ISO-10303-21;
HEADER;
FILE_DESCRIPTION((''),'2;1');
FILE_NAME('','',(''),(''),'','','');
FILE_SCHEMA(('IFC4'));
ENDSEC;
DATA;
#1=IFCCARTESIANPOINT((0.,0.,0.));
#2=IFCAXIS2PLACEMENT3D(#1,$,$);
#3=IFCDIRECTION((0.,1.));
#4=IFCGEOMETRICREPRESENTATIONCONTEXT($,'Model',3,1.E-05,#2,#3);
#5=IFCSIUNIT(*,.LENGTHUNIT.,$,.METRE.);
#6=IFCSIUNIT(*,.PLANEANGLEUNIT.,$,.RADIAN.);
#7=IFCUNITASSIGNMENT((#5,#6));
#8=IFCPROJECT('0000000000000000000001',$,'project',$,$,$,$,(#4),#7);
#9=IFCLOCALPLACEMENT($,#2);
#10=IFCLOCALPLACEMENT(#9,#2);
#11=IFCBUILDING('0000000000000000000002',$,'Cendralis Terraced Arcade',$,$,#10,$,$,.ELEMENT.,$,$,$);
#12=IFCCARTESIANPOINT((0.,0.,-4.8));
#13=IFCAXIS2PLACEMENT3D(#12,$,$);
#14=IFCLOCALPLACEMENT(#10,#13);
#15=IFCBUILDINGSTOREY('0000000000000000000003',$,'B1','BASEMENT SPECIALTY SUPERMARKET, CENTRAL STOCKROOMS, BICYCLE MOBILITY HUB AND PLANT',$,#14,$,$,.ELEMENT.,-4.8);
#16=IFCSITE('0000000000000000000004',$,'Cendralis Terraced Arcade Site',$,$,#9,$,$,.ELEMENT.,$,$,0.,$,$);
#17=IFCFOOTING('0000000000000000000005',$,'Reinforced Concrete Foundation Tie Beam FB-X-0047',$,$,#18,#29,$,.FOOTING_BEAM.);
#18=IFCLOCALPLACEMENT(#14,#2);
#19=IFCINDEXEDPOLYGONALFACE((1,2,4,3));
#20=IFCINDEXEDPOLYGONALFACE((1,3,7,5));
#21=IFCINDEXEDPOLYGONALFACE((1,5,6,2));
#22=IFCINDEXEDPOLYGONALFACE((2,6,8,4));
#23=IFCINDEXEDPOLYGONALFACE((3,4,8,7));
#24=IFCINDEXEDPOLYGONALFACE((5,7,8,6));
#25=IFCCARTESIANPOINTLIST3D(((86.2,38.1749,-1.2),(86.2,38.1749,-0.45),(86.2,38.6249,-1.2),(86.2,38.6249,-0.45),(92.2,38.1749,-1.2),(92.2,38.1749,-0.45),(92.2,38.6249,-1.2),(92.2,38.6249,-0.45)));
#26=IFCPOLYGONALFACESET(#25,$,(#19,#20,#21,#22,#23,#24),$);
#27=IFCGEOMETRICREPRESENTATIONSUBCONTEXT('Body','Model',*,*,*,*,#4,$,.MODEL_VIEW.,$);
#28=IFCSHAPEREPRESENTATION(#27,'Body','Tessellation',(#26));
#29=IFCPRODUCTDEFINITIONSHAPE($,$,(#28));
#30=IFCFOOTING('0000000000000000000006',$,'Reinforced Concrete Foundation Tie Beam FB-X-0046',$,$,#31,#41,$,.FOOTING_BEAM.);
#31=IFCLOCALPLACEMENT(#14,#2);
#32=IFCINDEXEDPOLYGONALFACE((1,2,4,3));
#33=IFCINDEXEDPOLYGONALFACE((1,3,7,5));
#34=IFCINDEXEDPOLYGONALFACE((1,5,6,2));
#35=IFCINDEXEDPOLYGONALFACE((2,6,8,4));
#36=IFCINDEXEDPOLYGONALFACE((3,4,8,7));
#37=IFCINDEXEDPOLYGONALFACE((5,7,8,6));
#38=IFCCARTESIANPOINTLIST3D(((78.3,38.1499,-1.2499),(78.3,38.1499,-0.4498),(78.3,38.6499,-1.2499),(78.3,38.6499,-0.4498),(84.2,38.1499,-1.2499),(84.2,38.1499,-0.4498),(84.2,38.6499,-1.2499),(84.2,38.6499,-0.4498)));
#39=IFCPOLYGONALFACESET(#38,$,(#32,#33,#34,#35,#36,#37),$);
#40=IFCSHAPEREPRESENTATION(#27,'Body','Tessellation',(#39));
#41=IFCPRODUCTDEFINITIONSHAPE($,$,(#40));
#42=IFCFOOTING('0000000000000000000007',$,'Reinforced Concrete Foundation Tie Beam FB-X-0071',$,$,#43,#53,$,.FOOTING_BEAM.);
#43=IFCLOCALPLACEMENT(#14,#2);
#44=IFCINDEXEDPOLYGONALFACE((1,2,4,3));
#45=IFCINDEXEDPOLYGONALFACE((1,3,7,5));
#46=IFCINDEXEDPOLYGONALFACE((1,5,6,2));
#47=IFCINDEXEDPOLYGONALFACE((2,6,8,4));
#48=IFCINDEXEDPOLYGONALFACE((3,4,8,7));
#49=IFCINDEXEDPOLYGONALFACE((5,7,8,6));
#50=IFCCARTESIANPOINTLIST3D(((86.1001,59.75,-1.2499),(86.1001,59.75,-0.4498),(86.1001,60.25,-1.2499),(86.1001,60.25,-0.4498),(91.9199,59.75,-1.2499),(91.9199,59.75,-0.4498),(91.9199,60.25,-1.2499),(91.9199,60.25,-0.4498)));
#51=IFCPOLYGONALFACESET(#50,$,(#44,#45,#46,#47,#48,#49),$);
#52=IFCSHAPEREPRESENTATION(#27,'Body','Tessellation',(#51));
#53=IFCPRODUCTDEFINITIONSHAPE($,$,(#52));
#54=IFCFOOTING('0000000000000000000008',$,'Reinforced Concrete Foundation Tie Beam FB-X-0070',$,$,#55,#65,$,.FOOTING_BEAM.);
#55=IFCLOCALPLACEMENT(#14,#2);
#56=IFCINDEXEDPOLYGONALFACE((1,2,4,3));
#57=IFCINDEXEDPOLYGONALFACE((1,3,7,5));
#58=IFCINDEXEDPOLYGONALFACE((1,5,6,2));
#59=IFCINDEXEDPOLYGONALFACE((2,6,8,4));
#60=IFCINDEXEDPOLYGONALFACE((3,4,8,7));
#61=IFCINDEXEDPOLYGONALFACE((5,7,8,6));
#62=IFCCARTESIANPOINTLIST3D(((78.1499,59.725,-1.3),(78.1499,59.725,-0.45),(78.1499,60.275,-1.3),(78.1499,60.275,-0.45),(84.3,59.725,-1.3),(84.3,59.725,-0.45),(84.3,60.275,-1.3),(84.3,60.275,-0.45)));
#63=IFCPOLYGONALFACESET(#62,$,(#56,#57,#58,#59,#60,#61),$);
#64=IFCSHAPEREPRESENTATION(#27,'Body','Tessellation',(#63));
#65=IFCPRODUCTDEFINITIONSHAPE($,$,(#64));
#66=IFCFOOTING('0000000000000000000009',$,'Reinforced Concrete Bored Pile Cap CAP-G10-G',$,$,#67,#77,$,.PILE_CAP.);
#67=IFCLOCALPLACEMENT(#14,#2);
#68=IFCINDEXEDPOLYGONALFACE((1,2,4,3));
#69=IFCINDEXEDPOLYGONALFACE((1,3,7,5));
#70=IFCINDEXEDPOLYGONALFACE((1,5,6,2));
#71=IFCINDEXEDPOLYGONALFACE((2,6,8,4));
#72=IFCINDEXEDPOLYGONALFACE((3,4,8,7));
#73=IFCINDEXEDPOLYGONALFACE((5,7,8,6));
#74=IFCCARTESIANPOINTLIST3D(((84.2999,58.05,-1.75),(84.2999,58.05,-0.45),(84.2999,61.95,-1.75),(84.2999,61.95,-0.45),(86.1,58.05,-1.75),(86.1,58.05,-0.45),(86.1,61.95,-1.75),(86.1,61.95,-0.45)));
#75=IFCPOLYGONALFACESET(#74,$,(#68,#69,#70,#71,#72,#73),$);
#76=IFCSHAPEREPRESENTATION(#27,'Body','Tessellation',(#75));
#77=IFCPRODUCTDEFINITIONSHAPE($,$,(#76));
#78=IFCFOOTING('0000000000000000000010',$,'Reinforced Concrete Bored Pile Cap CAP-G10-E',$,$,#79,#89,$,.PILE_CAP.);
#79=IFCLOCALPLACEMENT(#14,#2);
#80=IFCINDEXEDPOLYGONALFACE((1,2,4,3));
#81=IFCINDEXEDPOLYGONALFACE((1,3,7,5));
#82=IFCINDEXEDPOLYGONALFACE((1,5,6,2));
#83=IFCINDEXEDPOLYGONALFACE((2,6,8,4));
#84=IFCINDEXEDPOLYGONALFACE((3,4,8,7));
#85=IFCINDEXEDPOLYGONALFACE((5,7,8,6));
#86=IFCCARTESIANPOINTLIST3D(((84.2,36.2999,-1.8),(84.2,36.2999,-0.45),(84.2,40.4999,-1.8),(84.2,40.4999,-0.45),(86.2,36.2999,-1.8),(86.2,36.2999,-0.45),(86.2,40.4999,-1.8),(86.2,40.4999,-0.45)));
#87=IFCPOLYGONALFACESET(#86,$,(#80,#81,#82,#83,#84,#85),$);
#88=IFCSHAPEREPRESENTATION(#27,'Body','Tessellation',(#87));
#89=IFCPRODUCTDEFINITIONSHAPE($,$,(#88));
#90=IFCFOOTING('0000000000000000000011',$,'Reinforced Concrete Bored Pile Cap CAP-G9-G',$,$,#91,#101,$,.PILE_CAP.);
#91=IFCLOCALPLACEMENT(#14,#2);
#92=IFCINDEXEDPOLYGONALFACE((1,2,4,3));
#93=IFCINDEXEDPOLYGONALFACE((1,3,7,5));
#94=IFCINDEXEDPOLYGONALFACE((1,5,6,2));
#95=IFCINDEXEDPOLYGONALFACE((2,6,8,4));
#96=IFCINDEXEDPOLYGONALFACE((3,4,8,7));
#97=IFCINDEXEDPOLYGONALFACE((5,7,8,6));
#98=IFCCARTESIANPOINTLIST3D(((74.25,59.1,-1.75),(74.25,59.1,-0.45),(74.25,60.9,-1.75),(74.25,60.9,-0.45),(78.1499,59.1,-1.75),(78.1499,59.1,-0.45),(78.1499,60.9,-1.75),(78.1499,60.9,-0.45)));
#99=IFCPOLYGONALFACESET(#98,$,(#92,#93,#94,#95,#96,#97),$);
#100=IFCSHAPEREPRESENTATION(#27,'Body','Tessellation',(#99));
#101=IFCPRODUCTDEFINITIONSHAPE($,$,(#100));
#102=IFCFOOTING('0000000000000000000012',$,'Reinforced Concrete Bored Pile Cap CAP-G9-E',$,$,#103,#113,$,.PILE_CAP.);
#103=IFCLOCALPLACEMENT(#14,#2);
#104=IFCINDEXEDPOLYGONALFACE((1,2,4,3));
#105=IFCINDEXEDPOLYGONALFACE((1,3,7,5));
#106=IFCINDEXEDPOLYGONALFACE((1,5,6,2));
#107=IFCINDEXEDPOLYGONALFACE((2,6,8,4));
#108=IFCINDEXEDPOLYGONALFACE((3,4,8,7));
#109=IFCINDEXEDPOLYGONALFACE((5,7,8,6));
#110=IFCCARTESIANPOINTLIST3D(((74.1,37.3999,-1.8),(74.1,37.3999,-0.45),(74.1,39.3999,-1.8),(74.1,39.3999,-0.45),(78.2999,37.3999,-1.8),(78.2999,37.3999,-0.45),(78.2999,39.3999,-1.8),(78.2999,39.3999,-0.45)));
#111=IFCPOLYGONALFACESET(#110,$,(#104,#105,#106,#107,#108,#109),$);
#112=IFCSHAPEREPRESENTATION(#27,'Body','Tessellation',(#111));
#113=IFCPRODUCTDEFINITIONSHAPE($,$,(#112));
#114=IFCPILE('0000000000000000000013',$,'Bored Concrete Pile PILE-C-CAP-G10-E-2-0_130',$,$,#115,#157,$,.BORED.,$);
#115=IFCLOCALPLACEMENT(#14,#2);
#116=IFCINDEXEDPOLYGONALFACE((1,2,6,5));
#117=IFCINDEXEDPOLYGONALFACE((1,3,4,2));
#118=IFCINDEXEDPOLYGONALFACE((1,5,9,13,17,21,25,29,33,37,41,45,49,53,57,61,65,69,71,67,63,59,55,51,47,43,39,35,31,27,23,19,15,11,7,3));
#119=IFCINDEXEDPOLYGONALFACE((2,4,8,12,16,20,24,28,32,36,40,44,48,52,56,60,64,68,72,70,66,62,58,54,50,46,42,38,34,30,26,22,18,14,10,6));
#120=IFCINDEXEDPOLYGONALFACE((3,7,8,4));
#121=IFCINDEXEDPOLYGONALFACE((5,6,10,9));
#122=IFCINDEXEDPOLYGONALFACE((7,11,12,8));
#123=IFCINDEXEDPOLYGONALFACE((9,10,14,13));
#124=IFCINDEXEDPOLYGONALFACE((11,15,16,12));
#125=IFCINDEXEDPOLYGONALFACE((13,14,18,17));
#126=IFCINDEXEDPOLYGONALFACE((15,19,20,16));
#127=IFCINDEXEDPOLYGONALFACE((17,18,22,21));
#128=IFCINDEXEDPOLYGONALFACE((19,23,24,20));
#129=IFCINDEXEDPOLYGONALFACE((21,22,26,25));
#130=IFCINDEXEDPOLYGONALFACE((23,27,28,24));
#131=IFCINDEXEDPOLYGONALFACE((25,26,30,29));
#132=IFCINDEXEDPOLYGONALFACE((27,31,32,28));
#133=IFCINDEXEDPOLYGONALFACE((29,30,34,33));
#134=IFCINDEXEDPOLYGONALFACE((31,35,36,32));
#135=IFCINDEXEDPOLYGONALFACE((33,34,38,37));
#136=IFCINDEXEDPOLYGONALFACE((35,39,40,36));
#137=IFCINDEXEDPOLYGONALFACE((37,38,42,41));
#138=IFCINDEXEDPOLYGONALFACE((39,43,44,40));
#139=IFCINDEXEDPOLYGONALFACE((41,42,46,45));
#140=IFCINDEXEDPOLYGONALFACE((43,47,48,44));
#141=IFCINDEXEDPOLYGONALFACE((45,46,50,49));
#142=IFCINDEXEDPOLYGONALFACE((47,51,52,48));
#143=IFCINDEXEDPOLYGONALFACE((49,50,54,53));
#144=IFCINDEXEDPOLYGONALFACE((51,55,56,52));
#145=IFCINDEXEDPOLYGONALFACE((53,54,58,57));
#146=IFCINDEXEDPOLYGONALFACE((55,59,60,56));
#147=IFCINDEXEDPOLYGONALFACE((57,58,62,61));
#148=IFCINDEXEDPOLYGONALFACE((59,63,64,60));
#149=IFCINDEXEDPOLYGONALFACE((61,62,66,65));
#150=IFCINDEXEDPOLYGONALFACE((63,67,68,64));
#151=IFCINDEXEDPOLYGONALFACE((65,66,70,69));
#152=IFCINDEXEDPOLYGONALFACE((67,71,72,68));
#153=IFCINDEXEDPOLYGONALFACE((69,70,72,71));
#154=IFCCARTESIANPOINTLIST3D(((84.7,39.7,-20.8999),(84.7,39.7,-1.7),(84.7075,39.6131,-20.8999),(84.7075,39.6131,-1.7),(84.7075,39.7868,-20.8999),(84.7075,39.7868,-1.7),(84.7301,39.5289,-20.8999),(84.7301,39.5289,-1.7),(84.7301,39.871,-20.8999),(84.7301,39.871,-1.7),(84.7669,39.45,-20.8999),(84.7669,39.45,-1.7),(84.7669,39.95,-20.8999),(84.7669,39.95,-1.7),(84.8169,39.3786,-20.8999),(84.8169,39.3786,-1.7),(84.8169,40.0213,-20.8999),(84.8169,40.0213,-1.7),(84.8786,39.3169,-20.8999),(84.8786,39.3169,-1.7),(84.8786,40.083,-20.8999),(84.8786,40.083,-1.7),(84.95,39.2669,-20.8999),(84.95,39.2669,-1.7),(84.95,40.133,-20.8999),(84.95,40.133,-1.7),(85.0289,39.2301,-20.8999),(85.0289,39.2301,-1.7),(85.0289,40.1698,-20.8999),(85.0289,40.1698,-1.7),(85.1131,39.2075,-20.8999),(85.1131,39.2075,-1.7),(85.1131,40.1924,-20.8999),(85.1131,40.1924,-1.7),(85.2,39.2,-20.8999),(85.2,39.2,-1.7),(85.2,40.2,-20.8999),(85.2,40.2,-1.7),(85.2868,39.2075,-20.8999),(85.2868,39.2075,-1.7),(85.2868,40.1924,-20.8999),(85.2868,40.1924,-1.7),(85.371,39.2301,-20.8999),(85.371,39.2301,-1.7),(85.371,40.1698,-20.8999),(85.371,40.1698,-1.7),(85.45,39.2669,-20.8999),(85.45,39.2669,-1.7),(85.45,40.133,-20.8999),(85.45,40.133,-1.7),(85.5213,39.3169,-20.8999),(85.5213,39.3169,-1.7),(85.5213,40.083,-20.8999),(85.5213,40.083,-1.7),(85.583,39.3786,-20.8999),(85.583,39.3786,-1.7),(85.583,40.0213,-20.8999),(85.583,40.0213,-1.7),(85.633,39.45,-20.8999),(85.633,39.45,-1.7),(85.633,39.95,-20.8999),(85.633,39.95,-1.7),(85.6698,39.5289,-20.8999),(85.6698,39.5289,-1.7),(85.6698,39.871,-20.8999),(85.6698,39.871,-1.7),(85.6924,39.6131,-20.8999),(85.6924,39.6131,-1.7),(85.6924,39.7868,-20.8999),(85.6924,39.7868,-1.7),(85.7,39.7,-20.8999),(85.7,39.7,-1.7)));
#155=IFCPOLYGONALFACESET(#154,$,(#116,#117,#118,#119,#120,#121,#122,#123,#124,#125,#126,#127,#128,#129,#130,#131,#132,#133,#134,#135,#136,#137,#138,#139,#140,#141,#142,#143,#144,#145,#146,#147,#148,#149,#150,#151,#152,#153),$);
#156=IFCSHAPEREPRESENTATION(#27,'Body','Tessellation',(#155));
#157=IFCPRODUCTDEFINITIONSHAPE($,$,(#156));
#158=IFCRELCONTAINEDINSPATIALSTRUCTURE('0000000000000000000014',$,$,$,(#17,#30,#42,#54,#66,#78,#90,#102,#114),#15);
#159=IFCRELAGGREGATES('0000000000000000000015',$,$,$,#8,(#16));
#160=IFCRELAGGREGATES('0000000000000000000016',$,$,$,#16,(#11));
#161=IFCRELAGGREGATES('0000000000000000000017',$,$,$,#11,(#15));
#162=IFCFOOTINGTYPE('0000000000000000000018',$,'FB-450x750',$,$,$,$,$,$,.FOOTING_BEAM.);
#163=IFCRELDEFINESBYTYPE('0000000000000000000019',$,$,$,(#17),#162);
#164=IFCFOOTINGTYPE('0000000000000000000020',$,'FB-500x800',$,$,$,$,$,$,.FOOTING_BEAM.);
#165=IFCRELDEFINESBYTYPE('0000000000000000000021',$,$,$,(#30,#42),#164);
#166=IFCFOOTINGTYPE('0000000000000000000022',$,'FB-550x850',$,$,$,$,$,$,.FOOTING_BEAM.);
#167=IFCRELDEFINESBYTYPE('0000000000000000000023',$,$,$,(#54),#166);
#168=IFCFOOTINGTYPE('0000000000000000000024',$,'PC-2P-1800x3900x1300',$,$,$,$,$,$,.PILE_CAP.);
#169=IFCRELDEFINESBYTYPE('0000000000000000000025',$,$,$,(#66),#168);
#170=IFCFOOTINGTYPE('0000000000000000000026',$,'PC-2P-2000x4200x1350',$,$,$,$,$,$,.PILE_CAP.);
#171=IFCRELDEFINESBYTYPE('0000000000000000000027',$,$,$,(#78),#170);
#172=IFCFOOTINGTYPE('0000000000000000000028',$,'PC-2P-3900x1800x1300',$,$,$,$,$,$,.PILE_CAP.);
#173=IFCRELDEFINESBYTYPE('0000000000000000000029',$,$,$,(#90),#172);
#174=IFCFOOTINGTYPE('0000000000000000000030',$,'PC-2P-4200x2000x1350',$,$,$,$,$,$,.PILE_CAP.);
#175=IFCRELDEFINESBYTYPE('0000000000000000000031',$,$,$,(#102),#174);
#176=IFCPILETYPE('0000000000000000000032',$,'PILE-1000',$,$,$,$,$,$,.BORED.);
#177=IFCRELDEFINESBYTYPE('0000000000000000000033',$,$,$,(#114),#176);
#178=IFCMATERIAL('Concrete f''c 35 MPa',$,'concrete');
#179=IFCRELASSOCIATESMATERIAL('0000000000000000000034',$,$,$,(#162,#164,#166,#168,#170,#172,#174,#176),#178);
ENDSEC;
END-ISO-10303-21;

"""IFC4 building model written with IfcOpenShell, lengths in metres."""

from ifc_helpers import new_model, si_unit, direction, frame, origin, origin_2d, place, context, subcontext, project, spatial, rectangle, circle, extrude, material, material_profile, profile_set, type_object, element, save


model = new_model("IFC4")

# Units and contexts
model_context = context("Model", 3, precision=1e-05, world=origin(), true_north=direction((0.0, 1.0)))
body_context = subcontext(model_context, "Body", "Model", "MODEL_VIEW")
ifc_project = project(units=[si_unit("LENGTHUNIT", "METRE"), si_unit("PLANEANGLEUNIT", "RADIAN")], contexts=[model_context])

# Site, building, storey
site_placement = place(None, origin())
site = spatial("IfcSite", under=ifc_project, at=site_placement, Name="Cendralis Terraced Arcade Site", CompositionType="ELEMENT", RefElevation=0.0)
building_placement = place(site_placement, origin())
building = spatial("IfcBuilding", under=site, at=building_placement, Name="Cendralis Terraced Arcade", CompositionType="ELEMENT")
storey_placement = place(building_placement, frame((0.0, 0.0, -4.8)))
storey = spatial("IfcBuildingStorey", under=building, at=storey_placement, Name="B1", Description="BASEMENT SPECIALTY SUPERMARKET, CENTRAL STOCKROOMS, BICYCLE MOBILITY HUB AND PLANT", CompositionType="ELEMENT", Elevation=-4.8)

# Footings
ifc_material_1 = material(Name="Concrete f'c 35 MPa", Category="concrete")
ifc_material_profile_1 = material_profile(ifc_material_1, rectangle(XDim=0.45, YDim=0.75, at=origin_2d()), Name="FB-450x750", Category="LoadBearing")
ifc_profile_set_1 = profile_set([ifc_material_profile_1], Name="Concrete f'c 35 MPa")
footing_type_1 = type_object("IfcFootingType", Name="FB-450x750", PredefinedType="FOOTING_BEAM", material=ifc_profile_set_1)
footing_1_placement = place(storey_placement, frame((86.2, 38.3999, -0.825), z_axis=(1.0, 0.0, 0.0), x_axis=(0.0, 1.0, 0.0)))
element("IfcFooting", 1, at=footing_1_placement, inside=storey, type_object=footing_type_1, Name="Reinforced Concrete Foundation Tie Beam FB-X-0047", PredefinedType="FOOTING_BEAM", context=body_context, shape_type="SweptSolid", body=[
    extrude(rectangle(XDim=0.45, YDim=0.75, at=origin_2d()), origin(), (0.0, 0.0, 1.0), 6.0),
])
ifc_material_profile_2 = material_profile(ifc_material_1, rectangle(XDim=0.5, YDim=0.8, at=origin_2d()), Name="FB-500x800", Category="LoadBearing")
ifc_profile_set_2 = profile_set([ifc_material_profile_2], Name="Concrete f'c 35 MPa")
footing_type_2 = type_object("IfcFootingType", Name="FB-500x800", PredefinedType="FOOTING_BEAM", material=ifc_profile_set_2)
footing_2_placement = place(storey_placement, frame((78.3, 38.3999, -0.8499), z_axis=(1.0, 0.0, 0.0), x_axis=(0.0, 1.0, 0.0)))
element("IfcFooting", 2, at=footing_2_placement, inside=storey, type_object=footing_type_2, Name="Reinforced Concrete Foundation Tie Beam FB-X-0046", PredefinedType="FOOTING_BEAM", context=body_context, shape_type="SweptSolid", body=[
    extrude(rectangle(XDim=0.5, YDim=0.8, at=origin_2d()), origin(), (0.0, 0.0, 1.0), 5.8999),
])
footing_3_placement = place(storey_placement, frame((86.1001, 60.0, -0.8499), z_axis=(1.0, 0.0, 0.0), x_axis=(0.0, 1.0, 0.0)))
element("IfcFooting", 3, at=footing_3_placement, inside=storey, type_object=footing_type_2, Name="Reinforced Concrete Foundation Tie Beam FB-X-0071", PredefinedType="FOOTING_BEAM", context=body_context, shape_type="SweptSolid", body=[
    extrude(rectangle(XDim=0.5, YDim=0.8, at=origin_2d()), origin(), (0.0, 0.0, 1.0), 5.8198),
])
ifc_material_profile_3 = material_profile(ifc_material_1, rectangle(XDim=0.55, YDim=0.8501, at=origin_2d()), Name="FB-550x850", Category="LoadBearing")
ifc_profile_set_3 = profile_set([ifc_material_profile_3], Name="Concrete f'c 35 MPa")
footing_type_3 = type_object("IfcFootingType", Name="FB-550x850", PredefinedType="FOOTING_BEAM", material=ifc_profile_set_3)
footing_4_placement = place(storey_placement, frame((78.1499, 60.0, -0.875), z_axis=(1.0, 0.0, 0.0), x_axis=(0.0, 1.0, 0.0)))
element("IfcFooting", 4, at=footing_4_placement, inside=storey, type_object=footing_type_3, Name="Reinforced Concrete Foundation Tie Beam FB-X-0070", PredefinedType="FOOTING_BEAM", context=body_context, shape_type="SweptSolid", body=[
    extrude(rectangle(XDim=0.55, YDim=0.8501, at=origin_2d()), origin(), (0.0, 0.0, 1.0), 6.1501),
])
footing_type_4 = type_object("IfcFootingType", Name="PC-2P-1800x3900x1300", PredefinedType="PILE_CAP", material=ifc_material_1)
footing_5_placement = place(storey_placement, frame((85.2, 60.0, -1.75), z_axis=(0.0, 0.0, 1.0), x_axis=(1.0, 0.0, 0.0)))
element("IfcFooting", 5, at=footing_5_placement, inside=storey, type_object=footing_type_4, Name="Reinforced Concrete Bored Pile Cap CAP-G10-G", PredefinedType="PILE_CAP", context=body_context, shape_type="SweptSolid", body=[
    extrude(rectangle(XDim=1.8, YDim=3.8999, at=origin_2d()), origin(), (0.0, 0.0, 1.0), 1.3),
])
footing_type_5 = type_object("IfcFootingType", Name="PC-2P-2000x4200x1350", PredefinedType="PILE_CAP", material=ifc_material_1)
footing_6_placement = place(storey_placement, frame((85.2, 38.3999, -1.8), z_axis=(0.0, 0.0, 1.0), x_axis=(1.0, 0.0, 0.0)))
element("IfcFooting", 6, at=footing_6_placement, inside=storey, type_object=footing_type_5, Name="Reinforced Concrete Bored Pile Cap CAP-G10-E", PredefinedType="PILE_CAP", context=body_context, shape_type="SweptSolid", body=[
    extrude(rectangle(XDim=2.0, YDim=4.2, at=origin_2d()), origin(), (0.0, 0.0, 1.0), 1.3501),
])
footing_type_6 = type_object("IfcFootingType", Name="PC-2P-3900x1800x1300", PredefinedType="PILE_CAP", material=ifc_material_1)
footing_7_placement = place(storey_placement, frame((76.2, 60.0, -1.75), z_axis=(0.0, 0.0, 1.0), x_axis=(1.0, 0.0, 0.0)))
element("IfcFooting", 7, at=footing_7_placement, inside=storey, type_object=footing_type_6, Name="Reinforced Concrete Bored Pile Cap CAP-G9-G", PredefinedType="PILE_CAP", context=body_context, shape_type="SweptSolid", body=[
    extrude(rectangle(XDim=3.8999, YDim=1.8, at=origin_2d()), origin(), (0.0, 0.0, 1.0), 1.3),
])
footing_type_7 = type_object("IfcFootingType", Name="PC-2P-4200x2000x1350", PredefinedType="PILE_CAP", material=ifc_material_1)
footing_8_placement = place(storey_placement, frame((76.2, 38.3999, -1.8), z_axis=(0.0, 0.0, 1.0), x_axis=(1.0, 0.0, 0.0)))
element("IfcFooting", 8, at=footing_8_placement, inside=storey, type_object=footing_type_7, Name="Reinforced Concrete Bored Pile Cap CAP-G9-E", PredefinedType="PILE_CAP", context=body_context, shape_type="SweptSolid", body=[
    extrude(rectangle(XDim=4.2, YDim=2.0, at=origin_2d()), origin(), (0.0, 0.0, 1.0), 1.3501),
])

# Pile
ifc_material_profile_4 = material_profile(ifc_material_1, circle(Radius=0.5, at=origin_2d()), Name="PILE-D1000", Category="LoadBearing")
ifc_profile_set_4 = profile_set([ifc_material_profile_4], Name="Concrete f'c 35 MPa")
pile_type_1 = type_object("IfcPileType", Name="PILE-1000", PredefinedType="BORED", material=ifc_profile_set_4)
for number, where, z_axis, x_axis, name in (
    (9, (85.2, 39.7, -1.7), (0.0, 0.0, -1.0), (1.0, 0.0, 0.0), "Bored Concrete Pile PILE-C-CAP-G10-E-2-0_130"),
):
    element("IfcPile", number, at=place(storey_placement, frame(where, z_axis=z_axis, x_axis=x_axis)), inside=storey, type_object=pile_type_1, Name=name, PredefinedType="BORED", context=body_context, shape_type="SweptSolid", body=[
        extrude(circle(Radius=0.5, at=origin_2d()), origin(), (0.0, 0.0, 1.0), 19.2),
    ])

save(model, "model.ifc")
